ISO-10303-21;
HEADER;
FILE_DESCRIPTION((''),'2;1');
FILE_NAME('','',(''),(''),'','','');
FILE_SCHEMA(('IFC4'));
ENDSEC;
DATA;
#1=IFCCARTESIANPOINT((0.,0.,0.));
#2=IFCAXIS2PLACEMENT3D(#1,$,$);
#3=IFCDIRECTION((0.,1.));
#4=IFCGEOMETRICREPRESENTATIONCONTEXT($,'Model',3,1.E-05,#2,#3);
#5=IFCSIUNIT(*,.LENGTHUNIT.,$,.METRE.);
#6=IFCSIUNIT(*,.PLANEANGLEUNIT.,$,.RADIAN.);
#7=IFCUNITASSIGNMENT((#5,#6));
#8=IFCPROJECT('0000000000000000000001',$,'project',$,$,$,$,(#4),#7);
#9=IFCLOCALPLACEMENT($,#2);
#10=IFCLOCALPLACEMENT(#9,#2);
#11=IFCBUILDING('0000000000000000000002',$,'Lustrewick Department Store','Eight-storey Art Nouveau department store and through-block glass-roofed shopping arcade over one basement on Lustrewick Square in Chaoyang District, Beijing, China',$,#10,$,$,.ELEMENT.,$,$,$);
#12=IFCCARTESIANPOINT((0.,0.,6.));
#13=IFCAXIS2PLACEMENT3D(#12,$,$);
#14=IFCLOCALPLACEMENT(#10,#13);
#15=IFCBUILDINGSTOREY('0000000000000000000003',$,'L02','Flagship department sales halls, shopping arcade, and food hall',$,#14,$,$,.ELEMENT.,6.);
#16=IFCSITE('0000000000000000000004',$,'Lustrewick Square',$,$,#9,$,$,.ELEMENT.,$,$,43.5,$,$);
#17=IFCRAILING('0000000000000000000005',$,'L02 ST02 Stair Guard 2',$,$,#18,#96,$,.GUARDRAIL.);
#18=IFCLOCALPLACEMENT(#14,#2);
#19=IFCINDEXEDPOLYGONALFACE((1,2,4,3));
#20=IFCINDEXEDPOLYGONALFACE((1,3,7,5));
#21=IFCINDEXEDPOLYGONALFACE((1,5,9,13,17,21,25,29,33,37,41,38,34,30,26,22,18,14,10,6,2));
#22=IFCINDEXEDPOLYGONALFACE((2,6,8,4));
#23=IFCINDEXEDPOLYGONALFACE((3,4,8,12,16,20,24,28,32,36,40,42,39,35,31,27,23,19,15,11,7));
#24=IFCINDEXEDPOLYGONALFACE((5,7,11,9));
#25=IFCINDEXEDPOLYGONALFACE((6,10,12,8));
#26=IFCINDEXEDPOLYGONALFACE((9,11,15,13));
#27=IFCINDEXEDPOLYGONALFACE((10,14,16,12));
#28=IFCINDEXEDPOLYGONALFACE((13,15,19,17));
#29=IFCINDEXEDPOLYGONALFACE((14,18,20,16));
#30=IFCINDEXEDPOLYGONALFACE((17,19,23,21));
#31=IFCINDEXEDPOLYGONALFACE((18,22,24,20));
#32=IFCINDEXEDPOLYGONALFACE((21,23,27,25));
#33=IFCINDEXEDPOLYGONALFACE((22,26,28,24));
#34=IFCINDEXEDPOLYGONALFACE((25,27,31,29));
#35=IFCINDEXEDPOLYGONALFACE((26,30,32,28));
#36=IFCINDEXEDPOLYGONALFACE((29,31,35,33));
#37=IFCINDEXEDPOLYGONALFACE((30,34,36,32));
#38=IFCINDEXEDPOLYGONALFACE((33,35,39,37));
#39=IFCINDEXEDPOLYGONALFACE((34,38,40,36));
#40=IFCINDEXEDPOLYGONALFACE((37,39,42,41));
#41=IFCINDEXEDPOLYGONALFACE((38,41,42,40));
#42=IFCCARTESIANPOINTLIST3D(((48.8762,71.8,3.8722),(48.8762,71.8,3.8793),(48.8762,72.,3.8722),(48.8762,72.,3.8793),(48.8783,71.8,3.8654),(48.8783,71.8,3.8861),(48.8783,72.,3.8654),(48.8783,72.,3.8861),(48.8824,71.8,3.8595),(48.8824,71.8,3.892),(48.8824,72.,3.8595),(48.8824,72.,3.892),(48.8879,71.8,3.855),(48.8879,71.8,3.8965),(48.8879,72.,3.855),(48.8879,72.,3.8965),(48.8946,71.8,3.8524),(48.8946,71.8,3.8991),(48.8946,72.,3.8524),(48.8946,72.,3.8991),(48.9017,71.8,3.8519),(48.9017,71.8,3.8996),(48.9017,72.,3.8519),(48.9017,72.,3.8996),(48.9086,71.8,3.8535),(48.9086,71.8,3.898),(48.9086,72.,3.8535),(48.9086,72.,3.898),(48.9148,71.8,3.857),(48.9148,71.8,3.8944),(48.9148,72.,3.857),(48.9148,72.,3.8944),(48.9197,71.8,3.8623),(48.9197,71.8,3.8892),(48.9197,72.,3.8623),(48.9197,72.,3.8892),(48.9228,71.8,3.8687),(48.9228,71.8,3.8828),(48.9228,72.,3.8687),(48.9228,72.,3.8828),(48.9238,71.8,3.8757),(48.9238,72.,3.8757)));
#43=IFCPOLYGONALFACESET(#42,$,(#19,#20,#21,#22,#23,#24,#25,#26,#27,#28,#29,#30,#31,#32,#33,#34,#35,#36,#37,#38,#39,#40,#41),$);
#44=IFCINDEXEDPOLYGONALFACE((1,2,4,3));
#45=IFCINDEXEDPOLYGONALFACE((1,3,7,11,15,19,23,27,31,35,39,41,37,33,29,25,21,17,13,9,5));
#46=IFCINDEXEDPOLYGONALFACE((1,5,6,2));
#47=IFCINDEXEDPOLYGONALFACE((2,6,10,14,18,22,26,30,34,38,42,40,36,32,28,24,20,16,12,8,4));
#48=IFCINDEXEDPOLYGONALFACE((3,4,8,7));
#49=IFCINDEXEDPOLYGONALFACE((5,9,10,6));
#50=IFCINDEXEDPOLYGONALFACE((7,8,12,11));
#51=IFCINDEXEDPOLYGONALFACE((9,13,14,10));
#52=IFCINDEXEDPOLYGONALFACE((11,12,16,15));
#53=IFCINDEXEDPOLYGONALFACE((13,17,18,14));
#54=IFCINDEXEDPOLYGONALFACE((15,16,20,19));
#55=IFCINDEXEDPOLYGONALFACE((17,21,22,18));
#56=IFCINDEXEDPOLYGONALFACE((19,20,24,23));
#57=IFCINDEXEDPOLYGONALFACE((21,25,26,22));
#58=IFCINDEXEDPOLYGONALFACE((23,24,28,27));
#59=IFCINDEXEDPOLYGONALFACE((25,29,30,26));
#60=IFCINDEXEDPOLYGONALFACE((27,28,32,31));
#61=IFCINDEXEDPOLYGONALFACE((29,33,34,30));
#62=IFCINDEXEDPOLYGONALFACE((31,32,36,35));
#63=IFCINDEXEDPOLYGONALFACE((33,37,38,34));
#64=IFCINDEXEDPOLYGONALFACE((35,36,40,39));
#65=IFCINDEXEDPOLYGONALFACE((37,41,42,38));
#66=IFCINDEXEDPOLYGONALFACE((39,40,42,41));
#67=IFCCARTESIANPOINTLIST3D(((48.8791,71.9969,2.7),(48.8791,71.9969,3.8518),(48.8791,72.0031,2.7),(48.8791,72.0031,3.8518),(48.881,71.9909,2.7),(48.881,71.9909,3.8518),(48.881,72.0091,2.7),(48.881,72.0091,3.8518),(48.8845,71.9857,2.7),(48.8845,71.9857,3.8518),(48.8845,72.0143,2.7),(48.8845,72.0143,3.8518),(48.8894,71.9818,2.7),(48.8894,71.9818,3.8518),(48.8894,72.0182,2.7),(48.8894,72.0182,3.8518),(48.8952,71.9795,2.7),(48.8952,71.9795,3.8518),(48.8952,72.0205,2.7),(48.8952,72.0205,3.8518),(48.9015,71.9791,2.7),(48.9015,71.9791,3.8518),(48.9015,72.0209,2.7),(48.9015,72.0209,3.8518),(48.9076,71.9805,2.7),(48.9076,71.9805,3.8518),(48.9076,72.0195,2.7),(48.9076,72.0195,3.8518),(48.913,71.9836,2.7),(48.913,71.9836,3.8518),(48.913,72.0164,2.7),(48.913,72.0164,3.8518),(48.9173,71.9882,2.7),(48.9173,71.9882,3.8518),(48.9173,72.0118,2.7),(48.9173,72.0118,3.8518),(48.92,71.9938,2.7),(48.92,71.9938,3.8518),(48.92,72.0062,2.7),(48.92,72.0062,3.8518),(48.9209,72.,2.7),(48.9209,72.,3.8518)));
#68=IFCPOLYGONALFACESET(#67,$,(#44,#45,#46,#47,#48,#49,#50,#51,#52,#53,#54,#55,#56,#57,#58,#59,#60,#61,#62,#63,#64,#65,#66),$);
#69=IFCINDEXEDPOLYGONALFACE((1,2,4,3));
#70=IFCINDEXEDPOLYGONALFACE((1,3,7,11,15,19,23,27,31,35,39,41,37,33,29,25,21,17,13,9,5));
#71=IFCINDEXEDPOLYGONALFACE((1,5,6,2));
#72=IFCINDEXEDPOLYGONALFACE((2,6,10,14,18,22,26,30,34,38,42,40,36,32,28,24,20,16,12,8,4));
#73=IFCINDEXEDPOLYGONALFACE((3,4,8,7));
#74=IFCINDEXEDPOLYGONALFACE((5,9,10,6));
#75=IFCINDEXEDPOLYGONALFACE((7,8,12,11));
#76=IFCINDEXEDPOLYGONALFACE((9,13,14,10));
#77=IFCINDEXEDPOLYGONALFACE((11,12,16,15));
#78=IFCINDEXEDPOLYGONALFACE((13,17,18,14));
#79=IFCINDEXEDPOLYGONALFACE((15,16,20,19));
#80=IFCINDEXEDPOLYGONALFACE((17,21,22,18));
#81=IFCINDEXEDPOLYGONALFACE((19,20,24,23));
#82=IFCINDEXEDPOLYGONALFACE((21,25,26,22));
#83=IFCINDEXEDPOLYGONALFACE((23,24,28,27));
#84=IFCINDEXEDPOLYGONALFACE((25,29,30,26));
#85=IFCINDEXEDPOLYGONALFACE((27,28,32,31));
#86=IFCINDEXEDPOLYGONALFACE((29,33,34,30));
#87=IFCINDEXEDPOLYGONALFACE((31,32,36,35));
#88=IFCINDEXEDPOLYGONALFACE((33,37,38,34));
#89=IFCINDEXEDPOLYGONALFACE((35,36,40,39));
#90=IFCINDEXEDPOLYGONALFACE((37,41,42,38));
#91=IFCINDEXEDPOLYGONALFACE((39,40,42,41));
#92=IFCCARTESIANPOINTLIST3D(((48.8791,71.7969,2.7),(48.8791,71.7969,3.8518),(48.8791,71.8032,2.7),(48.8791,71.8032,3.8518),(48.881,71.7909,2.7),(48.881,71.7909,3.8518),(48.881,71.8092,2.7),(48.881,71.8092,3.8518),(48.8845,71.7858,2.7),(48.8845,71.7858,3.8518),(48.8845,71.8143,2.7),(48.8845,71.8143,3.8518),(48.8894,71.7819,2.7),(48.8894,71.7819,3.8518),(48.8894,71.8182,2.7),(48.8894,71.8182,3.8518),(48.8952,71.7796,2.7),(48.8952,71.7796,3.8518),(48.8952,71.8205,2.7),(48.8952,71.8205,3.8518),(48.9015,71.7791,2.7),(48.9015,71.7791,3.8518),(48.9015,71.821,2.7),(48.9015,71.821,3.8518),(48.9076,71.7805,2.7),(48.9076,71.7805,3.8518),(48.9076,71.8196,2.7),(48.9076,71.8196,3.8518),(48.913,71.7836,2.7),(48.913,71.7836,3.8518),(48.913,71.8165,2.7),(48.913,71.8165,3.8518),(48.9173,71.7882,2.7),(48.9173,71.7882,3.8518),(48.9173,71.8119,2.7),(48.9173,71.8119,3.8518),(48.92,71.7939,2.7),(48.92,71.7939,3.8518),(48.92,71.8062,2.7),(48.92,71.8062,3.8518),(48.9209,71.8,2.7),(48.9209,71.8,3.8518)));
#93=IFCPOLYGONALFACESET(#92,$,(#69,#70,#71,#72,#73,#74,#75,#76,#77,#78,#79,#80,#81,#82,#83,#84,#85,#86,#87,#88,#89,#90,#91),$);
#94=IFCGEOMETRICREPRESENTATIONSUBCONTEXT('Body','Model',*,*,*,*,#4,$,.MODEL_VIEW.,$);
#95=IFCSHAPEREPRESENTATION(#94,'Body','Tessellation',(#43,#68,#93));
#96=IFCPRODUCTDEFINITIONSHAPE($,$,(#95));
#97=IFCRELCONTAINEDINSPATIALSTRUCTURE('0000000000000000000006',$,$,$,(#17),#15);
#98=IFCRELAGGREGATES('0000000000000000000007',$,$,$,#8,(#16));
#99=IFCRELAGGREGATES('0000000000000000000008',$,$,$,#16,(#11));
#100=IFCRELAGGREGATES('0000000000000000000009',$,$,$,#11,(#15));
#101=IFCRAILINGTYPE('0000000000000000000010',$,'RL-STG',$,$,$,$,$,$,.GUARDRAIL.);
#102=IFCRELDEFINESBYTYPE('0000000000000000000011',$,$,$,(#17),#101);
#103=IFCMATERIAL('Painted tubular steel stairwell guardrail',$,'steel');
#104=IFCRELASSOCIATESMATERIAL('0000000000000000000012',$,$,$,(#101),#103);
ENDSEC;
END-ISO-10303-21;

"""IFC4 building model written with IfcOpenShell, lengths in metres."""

from ifc_helpers import new_model, si_unit, direction, frame, origin, origin_2d, place, context, subcontext, project, spatial, circle, extrude, material, type_object, element, save


model = new_model("IFC4")

# Units and contexts
model_context = context("Model", 3, precision=1e-05, world=origin(), true_north=direction((0.0, 1.0)))
body_context = subcontext(model_context, "Body", "Model", "MODEL_VIEW")
ifc_project = project(units=[si_unit("LENGTHUNIT", "METRE"), si_unit("PLANEANGLEUNIT", "RADIAN")], contexts=[model_context])

# Site, building, storey
site_placement = place(None, origin())
site = spatial("IfcSite", under=ifc_project, at=site_placement, Name="Lustrewick Square", CompositionType="ELEMENT", RefElevation=43.5)
building_placement = place(site_placement, origin())
building = spatial("IfcBuilding", under=site, at=building_placement, Name="Lustrewick Department Store", Description="Eight-storey Art Nouveau department store and through-block glass-roofed shopping arcade over one basement on Lustrewick Square in Chaoyang District, Beijing, China", CompositionType="ELEMENT")
storey_placement = place(building_placement, frame((0.0, 0.0, 6.0)))
storey = spatial("IfcBuildingStorey", under=building, at=storey_placement, Name="L02", Description="Flagship department sales halls, shopping arcade, and food hall", CompositionType="ELEMENT", Elevation=6.0)

# Railing
ifc_material_1 = material(Name="Painted tubular steel stairwell guardrail", Category="steel")
railing_type_1 = type_object("IfcRailingType", Name="RL-STG", PredefinedType="GUARDRAIL", material=ifc_material_1)
railing_1_placement = place(storey_placement, frame((48.8999, 72.0, 2.7)))
element("IfcRailing", 1, at=railing_1_placement, inside=storey, type_object=railing_type_1, Name="L02 ST02 Stair Guard 2", PredefinedType="GUARDRAIL", context=body_context, shape_type="SweptSolid", body=[
    extrude(circle(Radius=0.0239, at=origin_2d()), frame((0.0, 0.0, 1.1758), z_axis=(0.0, -1.0, 0.0), x_axis=(1.0, 0.0, 0.0)), (0.0, 0.0, 1.0), 0.2),
    extrude(circle(Radius=0.021, at=origin_2d()), origin(), (0.0, 0.0, 1.0), 1.1519),
    extrude(circle(Radius=0.021, at=origin_2d()), frame((0.0, -0.2, 0.0)), (0.0, 0.0, 1.0), 1.1519),
])

save(model, "model.ifc")
